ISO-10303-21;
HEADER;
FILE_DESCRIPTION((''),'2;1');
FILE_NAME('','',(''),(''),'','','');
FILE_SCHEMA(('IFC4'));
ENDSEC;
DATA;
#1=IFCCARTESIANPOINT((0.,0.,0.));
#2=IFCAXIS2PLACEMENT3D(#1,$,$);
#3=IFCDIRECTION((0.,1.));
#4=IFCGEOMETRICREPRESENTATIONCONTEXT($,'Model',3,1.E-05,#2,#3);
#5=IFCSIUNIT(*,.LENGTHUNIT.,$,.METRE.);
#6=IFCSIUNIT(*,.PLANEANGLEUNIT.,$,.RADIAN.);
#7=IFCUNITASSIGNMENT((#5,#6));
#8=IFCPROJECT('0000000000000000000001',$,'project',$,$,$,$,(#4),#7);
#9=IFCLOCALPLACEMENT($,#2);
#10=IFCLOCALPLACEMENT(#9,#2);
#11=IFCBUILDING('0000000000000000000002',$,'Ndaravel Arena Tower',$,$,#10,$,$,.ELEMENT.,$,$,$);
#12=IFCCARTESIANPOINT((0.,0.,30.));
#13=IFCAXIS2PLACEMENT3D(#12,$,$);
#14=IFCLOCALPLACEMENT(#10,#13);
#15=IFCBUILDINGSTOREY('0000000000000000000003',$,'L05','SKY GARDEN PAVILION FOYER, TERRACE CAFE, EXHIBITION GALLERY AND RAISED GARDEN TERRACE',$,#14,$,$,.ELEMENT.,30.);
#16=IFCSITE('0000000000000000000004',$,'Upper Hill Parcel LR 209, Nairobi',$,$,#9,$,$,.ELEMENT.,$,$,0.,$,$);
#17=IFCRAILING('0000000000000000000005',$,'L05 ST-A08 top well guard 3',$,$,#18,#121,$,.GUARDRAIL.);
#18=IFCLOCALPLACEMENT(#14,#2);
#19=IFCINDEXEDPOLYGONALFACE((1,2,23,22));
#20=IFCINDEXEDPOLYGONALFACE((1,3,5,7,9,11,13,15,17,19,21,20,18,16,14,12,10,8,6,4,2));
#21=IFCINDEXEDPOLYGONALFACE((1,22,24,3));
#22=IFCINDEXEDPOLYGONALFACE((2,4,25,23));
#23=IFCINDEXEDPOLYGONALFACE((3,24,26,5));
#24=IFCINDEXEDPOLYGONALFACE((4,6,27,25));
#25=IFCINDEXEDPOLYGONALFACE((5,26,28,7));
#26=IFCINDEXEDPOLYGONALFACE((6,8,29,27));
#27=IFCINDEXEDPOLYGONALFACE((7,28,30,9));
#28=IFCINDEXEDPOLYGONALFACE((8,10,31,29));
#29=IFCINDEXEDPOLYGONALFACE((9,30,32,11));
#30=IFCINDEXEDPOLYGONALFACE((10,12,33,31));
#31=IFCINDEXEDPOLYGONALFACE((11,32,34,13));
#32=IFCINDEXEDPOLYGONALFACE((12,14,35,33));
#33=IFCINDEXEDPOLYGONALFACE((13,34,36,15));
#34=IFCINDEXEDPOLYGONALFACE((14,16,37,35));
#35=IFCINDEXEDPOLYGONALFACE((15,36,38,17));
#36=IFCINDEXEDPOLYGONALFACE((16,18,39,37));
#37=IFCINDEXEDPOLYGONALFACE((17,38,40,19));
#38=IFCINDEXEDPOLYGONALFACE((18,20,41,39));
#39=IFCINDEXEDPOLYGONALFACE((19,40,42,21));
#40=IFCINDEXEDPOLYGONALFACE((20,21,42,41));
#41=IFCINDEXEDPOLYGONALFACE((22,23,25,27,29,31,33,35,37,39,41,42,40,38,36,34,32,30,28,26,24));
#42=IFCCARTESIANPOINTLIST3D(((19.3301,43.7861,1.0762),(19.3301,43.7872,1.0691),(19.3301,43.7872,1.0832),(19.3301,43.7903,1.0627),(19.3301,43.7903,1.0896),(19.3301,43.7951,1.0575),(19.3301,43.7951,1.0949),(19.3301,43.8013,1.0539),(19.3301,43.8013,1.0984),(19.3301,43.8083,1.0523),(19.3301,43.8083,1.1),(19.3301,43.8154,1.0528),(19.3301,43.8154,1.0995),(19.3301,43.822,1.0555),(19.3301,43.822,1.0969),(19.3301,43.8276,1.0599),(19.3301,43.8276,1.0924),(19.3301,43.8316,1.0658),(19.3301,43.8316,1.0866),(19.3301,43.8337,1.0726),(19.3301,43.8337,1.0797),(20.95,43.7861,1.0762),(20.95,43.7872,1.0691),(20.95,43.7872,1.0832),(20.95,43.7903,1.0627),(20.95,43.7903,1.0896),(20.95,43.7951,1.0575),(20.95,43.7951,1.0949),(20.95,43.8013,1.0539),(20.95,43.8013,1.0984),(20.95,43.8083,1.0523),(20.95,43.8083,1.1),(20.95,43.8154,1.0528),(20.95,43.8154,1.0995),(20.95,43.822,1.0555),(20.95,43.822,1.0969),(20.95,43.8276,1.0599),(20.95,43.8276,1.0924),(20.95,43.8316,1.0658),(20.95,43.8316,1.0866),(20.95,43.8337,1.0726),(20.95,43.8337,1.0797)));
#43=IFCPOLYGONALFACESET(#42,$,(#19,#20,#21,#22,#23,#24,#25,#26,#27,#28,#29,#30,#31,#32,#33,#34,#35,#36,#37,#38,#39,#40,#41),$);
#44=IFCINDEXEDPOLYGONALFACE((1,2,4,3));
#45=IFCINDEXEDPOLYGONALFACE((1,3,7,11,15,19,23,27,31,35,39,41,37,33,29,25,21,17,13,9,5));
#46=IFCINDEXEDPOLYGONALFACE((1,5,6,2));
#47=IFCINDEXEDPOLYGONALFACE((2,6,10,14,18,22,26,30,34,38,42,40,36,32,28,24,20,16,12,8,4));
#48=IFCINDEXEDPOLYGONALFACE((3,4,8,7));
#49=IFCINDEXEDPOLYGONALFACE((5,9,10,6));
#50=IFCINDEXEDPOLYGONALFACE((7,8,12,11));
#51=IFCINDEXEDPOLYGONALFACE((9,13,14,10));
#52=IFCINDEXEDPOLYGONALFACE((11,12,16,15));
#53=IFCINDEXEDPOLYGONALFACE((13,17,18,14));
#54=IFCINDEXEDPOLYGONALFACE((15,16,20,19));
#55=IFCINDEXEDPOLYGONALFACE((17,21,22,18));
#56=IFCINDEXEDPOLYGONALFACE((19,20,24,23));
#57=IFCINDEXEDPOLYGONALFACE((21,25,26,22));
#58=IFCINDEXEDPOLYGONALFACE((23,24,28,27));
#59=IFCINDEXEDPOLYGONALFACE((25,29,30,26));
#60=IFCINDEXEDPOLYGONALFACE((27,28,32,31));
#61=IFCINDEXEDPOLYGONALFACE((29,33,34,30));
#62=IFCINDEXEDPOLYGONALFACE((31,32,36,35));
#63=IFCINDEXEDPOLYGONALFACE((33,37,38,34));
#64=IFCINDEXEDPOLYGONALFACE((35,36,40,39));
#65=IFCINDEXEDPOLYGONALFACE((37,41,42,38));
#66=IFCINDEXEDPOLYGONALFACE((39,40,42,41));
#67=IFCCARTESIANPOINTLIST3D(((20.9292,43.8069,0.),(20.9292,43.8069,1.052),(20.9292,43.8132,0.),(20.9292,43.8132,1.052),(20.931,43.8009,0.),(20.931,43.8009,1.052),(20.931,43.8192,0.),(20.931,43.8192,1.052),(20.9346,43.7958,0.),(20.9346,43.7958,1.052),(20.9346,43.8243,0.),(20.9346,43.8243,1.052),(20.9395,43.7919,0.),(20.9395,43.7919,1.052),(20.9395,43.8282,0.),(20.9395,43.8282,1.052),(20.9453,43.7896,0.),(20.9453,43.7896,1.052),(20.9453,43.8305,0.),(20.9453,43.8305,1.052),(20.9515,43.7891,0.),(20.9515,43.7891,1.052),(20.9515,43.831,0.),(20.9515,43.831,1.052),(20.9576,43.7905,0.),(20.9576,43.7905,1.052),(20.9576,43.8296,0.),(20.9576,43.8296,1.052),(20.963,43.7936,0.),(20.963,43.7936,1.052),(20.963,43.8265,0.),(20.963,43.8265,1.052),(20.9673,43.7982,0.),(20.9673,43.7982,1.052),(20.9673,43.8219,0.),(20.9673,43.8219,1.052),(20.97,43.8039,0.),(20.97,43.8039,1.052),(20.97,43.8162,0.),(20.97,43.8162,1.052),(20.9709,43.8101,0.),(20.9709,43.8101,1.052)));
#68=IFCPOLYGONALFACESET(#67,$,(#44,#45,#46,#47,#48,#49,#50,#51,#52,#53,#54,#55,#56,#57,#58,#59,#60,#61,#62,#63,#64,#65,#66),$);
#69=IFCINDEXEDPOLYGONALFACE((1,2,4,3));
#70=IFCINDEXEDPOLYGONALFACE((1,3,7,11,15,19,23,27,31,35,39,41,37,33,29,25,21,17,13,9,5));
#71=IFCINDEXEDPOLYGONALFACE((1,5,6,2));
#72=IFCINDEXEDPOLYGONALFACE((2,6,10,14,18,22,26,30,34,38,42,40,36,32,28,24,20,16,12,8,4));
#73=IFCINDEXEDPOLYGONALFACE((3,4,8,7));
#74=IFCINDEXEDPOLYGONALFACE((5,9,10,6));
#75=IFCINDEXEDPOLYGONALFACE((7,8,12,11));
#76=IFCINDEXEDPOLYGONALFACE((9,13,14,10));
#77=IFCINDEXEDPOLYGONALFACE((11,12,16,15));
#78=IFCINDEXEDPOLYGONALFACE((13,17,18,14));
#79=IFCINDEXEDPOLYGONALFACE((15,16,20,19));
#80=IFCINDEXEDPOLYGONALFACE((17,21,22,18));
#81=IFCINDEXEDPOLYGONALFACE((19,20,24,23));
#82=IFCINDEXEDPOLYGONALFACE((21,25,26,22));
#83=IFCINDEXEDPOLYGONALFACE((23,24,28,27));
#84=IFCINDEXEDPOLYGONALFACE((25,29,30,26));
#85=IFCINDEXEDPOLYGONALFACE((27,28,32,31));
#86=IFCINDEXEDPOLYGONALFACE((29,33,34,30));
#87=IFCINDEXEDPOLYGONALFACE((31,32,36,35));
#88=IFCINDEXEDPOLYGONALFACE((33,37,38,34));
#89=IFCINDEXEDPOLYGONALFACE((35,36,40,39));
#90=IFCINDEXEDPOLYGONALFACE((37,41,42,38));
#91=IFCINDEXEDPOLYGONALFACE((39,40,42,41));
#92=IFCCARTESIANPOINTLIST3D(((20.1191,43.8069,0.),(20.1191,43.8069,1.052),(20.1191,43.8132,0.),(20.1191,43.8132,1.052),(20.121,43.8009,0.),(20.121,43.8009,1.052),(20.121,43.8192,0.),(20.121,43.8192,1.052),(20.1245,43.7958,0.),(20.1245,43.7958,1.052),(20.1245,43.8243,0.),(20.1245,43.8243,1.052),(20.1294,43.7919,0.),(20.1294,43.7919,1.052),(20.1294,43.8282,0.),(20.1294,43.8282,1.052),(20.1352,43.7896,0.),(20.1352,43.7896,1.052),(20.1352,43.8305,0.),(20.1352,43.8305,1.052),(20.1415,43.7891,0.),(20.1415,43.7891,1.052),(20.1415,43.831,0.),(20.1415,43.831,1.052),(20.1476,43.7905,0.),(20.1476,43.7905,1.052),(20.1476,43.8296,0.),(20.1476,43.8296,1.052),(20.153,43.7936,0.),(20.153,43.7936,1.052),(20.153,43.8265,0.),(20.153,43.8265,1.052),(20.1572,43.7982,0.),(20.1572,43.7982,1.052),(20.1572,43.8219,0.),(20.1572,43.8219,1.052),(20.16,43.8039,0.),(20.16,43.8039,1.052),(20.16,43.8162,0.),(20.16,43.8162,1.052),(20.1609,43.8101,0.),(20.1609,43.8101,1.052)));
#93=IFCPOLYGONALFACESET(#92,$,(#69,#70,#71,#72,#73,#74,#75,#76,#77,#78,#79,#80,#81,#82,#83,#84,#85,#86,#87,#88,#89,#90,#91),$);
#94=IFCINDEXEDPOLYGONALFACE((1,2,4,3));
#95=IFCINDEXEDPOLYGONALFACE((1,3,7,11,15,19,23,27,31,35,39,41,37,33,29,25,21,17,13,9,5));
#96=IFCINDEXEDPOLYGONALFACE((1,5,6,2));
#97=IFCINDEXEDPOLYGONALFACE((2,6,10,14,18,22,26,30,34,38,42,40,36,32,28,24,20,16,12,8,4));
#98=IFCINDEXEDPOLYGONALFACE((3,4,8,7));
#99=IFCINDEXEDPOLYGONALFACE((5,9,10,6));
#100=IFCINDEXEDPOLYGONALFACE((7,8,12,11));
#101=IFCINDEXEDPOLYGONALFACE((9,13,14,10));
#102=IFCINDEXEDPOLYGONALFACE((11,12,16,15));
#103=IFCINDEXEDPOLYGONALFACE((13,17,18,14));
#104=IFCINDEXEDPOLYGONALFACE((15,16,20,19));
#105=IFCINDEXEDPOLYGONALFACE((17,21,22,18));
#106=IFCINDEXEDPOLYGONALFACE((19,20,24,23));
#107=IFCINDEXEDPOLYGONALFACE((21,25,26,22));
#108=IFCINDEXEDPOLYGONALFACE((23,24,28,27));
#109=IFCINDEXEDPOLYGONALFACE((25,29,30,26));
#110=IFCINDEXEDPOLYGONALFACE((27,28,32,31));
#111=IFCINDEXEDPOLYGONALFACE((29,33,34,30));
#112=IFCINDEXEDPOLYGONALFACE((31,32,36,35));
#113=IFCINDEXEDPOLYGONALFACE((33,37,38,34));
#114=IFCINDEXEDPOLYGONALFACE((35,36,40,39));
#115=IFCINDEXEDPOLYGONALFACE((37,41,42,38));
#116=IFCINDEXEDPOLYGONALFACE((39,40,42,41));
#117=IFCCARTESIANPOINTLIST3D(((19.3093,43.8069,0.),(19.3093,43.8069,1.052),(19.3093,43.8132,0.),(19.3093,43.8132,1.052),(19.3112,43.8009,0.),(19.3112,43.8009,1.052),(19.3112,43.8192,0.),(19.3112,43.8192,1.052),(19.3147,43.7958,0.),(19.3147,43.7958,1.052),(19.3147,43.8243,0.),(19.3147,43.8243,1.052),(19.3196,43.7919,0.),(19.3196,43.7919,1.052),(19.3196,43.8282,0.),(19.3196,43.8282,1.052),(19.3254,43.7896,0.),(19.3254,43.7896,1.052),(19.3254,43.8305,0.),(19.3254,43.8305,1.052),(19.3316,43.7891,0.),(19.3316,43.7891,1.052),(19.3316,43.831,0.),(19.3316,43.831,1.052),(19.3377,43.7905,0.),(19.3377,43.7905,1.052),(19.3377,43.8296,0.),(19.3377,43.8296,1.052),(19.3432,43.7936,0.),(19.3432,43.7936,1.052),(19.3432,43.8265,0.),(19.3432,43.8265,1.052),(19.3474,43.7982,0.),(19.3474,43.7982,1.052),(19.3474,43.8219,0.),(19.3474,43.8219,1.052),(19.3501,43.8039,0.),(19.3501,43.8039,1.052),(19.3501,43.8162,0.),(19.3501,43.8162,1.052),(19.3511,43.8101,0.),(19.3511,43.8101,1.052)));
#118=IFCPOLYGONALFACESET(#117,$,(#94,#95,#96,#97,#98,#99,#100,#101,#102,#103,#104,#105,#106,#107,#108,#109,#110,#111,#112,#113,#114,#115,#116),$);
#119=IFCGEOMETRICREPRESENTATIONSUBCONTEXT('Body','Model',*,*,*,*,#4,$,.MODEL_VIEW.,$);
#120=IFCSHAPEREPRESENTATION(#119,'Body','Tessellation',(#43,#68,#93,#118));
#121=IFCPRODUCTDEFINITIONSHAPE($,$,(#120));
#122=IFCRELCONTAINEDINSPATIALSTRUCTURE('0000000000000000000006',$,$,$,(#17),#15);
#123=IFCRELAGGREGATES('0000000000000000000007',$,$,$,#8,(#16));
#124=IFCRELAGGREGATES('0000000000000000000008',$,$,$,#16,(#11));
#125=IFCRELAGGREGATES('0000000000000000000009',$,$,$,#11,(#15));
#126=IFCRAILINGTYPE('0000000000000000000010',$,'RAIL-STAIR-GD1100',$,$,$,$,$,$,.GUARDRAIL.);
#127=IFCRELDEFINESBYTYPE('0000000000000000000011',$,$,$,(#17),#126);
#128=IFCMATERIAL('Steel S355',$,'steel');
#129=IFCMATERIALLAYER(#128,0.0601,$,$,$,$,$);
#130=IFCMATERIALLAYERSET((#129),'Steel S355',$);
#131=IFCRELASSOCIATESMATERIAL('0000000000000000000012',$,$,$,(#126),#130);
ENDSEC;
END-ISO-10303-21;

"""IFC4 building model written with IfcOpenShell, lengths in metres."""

from ifc_helpers import new_model, si_unit, direction, frame, origin, origin_2d, place, context, subcontext, project, spatial, circle, extrude, material, layer, layer_set, type_object, element, save


model = new_model("IFC4")

# Units and contexts
model_context = context("Model", 3, precision=1e-05, world=origin(), true_north=direction((0.0, 1.0)))
body_context = subcontext(model_context, "Body", "Model", "MODEL_VIEW")
ifc_project = project(units=[si_unit("LENGTHUNIT", "METRE"), si_unit("PLANEANGLEUNIT", "RADIAN")], contexts=[model_context])

# Site, building, storey
site_placement = place(None, origin())
site = spatial("IfcSite", under=ifc_project, at=site_placement, Name="Upper Hill Parcel LR 209, Nairobi", CompositionType="ELEMENT", RefElevation=0.0)
building_placement = place(site_placement, origin())
building = spatial("IfcBuilding", under=site, at=building_placement, Name="Ndaravel Arena Tower", CompositionType="ELEMENT")
storey_placement = place(building_placement, frame((0.0, 0.0, 30.0)))
storey = spatial("IfcBuildingStorey", under=building, at=storey_placement, Name="L05", Description="SKY GARDEN PAVILION FOYER, TERRACE CAFE, EXHIBITION GALLERY AND RAISED GARDEN TERRACE", CompositionType="ELEMENT", Elevation=30.0)

# Railing
ifc_material_1 = material(Name="Steel S355", Category="steel")
ifc_layer_1 = layer(ifc_material_1, 0.0601)
ifc_layer_set_1 = layer_set([ifc_layer_1], Name="Steel S355")
railing_type_1 = type_object("IfcRailingType", Name="RAIL-STAIR-GD1100", PredefinedType="GUARDRAIL", material=ifc_layer_set_1)
for number, where, name in (
    (1, (20.95, 43.8101, 0.0), "L05 ST-A08 top well guard 3"),
):
    element("IfcRailing", number, at=place(storey_placement, frame(where)), inside=storey, type_object=railing_type_1, Name=name, PredefinedType="GUARDRAIL", context=body_context, shape_type="SweptSolid", body=[
        extrude(circle(Radius=0.0239, at=origin_2d()), frame((0.0, 0.0, 1.0762), z_axis=(-1.0, 0.0, 0.0), x_axis=(0.0, -1.0, 0.0)), (0.0, 0.0, 1.0), 1.6199),
        extrude(circle(Radius=0.021, at=origin_2d()), origin(), (0.0, 0.0, 1.0), 1.052),
        extrude(circle(Radius=0.021, at=origin_2d()), frame((-0.8101, 0.0, 0.0)), (0.0, 0.0, 1.0), 1.052),
        extrude(circle(Radius=0.021, at=origin_2d()), frame((-1.6199, 0.0, 0.0)), (0.0, 0.0, 1.0), 1.052),
    ])

save(model, "model.ifc")
